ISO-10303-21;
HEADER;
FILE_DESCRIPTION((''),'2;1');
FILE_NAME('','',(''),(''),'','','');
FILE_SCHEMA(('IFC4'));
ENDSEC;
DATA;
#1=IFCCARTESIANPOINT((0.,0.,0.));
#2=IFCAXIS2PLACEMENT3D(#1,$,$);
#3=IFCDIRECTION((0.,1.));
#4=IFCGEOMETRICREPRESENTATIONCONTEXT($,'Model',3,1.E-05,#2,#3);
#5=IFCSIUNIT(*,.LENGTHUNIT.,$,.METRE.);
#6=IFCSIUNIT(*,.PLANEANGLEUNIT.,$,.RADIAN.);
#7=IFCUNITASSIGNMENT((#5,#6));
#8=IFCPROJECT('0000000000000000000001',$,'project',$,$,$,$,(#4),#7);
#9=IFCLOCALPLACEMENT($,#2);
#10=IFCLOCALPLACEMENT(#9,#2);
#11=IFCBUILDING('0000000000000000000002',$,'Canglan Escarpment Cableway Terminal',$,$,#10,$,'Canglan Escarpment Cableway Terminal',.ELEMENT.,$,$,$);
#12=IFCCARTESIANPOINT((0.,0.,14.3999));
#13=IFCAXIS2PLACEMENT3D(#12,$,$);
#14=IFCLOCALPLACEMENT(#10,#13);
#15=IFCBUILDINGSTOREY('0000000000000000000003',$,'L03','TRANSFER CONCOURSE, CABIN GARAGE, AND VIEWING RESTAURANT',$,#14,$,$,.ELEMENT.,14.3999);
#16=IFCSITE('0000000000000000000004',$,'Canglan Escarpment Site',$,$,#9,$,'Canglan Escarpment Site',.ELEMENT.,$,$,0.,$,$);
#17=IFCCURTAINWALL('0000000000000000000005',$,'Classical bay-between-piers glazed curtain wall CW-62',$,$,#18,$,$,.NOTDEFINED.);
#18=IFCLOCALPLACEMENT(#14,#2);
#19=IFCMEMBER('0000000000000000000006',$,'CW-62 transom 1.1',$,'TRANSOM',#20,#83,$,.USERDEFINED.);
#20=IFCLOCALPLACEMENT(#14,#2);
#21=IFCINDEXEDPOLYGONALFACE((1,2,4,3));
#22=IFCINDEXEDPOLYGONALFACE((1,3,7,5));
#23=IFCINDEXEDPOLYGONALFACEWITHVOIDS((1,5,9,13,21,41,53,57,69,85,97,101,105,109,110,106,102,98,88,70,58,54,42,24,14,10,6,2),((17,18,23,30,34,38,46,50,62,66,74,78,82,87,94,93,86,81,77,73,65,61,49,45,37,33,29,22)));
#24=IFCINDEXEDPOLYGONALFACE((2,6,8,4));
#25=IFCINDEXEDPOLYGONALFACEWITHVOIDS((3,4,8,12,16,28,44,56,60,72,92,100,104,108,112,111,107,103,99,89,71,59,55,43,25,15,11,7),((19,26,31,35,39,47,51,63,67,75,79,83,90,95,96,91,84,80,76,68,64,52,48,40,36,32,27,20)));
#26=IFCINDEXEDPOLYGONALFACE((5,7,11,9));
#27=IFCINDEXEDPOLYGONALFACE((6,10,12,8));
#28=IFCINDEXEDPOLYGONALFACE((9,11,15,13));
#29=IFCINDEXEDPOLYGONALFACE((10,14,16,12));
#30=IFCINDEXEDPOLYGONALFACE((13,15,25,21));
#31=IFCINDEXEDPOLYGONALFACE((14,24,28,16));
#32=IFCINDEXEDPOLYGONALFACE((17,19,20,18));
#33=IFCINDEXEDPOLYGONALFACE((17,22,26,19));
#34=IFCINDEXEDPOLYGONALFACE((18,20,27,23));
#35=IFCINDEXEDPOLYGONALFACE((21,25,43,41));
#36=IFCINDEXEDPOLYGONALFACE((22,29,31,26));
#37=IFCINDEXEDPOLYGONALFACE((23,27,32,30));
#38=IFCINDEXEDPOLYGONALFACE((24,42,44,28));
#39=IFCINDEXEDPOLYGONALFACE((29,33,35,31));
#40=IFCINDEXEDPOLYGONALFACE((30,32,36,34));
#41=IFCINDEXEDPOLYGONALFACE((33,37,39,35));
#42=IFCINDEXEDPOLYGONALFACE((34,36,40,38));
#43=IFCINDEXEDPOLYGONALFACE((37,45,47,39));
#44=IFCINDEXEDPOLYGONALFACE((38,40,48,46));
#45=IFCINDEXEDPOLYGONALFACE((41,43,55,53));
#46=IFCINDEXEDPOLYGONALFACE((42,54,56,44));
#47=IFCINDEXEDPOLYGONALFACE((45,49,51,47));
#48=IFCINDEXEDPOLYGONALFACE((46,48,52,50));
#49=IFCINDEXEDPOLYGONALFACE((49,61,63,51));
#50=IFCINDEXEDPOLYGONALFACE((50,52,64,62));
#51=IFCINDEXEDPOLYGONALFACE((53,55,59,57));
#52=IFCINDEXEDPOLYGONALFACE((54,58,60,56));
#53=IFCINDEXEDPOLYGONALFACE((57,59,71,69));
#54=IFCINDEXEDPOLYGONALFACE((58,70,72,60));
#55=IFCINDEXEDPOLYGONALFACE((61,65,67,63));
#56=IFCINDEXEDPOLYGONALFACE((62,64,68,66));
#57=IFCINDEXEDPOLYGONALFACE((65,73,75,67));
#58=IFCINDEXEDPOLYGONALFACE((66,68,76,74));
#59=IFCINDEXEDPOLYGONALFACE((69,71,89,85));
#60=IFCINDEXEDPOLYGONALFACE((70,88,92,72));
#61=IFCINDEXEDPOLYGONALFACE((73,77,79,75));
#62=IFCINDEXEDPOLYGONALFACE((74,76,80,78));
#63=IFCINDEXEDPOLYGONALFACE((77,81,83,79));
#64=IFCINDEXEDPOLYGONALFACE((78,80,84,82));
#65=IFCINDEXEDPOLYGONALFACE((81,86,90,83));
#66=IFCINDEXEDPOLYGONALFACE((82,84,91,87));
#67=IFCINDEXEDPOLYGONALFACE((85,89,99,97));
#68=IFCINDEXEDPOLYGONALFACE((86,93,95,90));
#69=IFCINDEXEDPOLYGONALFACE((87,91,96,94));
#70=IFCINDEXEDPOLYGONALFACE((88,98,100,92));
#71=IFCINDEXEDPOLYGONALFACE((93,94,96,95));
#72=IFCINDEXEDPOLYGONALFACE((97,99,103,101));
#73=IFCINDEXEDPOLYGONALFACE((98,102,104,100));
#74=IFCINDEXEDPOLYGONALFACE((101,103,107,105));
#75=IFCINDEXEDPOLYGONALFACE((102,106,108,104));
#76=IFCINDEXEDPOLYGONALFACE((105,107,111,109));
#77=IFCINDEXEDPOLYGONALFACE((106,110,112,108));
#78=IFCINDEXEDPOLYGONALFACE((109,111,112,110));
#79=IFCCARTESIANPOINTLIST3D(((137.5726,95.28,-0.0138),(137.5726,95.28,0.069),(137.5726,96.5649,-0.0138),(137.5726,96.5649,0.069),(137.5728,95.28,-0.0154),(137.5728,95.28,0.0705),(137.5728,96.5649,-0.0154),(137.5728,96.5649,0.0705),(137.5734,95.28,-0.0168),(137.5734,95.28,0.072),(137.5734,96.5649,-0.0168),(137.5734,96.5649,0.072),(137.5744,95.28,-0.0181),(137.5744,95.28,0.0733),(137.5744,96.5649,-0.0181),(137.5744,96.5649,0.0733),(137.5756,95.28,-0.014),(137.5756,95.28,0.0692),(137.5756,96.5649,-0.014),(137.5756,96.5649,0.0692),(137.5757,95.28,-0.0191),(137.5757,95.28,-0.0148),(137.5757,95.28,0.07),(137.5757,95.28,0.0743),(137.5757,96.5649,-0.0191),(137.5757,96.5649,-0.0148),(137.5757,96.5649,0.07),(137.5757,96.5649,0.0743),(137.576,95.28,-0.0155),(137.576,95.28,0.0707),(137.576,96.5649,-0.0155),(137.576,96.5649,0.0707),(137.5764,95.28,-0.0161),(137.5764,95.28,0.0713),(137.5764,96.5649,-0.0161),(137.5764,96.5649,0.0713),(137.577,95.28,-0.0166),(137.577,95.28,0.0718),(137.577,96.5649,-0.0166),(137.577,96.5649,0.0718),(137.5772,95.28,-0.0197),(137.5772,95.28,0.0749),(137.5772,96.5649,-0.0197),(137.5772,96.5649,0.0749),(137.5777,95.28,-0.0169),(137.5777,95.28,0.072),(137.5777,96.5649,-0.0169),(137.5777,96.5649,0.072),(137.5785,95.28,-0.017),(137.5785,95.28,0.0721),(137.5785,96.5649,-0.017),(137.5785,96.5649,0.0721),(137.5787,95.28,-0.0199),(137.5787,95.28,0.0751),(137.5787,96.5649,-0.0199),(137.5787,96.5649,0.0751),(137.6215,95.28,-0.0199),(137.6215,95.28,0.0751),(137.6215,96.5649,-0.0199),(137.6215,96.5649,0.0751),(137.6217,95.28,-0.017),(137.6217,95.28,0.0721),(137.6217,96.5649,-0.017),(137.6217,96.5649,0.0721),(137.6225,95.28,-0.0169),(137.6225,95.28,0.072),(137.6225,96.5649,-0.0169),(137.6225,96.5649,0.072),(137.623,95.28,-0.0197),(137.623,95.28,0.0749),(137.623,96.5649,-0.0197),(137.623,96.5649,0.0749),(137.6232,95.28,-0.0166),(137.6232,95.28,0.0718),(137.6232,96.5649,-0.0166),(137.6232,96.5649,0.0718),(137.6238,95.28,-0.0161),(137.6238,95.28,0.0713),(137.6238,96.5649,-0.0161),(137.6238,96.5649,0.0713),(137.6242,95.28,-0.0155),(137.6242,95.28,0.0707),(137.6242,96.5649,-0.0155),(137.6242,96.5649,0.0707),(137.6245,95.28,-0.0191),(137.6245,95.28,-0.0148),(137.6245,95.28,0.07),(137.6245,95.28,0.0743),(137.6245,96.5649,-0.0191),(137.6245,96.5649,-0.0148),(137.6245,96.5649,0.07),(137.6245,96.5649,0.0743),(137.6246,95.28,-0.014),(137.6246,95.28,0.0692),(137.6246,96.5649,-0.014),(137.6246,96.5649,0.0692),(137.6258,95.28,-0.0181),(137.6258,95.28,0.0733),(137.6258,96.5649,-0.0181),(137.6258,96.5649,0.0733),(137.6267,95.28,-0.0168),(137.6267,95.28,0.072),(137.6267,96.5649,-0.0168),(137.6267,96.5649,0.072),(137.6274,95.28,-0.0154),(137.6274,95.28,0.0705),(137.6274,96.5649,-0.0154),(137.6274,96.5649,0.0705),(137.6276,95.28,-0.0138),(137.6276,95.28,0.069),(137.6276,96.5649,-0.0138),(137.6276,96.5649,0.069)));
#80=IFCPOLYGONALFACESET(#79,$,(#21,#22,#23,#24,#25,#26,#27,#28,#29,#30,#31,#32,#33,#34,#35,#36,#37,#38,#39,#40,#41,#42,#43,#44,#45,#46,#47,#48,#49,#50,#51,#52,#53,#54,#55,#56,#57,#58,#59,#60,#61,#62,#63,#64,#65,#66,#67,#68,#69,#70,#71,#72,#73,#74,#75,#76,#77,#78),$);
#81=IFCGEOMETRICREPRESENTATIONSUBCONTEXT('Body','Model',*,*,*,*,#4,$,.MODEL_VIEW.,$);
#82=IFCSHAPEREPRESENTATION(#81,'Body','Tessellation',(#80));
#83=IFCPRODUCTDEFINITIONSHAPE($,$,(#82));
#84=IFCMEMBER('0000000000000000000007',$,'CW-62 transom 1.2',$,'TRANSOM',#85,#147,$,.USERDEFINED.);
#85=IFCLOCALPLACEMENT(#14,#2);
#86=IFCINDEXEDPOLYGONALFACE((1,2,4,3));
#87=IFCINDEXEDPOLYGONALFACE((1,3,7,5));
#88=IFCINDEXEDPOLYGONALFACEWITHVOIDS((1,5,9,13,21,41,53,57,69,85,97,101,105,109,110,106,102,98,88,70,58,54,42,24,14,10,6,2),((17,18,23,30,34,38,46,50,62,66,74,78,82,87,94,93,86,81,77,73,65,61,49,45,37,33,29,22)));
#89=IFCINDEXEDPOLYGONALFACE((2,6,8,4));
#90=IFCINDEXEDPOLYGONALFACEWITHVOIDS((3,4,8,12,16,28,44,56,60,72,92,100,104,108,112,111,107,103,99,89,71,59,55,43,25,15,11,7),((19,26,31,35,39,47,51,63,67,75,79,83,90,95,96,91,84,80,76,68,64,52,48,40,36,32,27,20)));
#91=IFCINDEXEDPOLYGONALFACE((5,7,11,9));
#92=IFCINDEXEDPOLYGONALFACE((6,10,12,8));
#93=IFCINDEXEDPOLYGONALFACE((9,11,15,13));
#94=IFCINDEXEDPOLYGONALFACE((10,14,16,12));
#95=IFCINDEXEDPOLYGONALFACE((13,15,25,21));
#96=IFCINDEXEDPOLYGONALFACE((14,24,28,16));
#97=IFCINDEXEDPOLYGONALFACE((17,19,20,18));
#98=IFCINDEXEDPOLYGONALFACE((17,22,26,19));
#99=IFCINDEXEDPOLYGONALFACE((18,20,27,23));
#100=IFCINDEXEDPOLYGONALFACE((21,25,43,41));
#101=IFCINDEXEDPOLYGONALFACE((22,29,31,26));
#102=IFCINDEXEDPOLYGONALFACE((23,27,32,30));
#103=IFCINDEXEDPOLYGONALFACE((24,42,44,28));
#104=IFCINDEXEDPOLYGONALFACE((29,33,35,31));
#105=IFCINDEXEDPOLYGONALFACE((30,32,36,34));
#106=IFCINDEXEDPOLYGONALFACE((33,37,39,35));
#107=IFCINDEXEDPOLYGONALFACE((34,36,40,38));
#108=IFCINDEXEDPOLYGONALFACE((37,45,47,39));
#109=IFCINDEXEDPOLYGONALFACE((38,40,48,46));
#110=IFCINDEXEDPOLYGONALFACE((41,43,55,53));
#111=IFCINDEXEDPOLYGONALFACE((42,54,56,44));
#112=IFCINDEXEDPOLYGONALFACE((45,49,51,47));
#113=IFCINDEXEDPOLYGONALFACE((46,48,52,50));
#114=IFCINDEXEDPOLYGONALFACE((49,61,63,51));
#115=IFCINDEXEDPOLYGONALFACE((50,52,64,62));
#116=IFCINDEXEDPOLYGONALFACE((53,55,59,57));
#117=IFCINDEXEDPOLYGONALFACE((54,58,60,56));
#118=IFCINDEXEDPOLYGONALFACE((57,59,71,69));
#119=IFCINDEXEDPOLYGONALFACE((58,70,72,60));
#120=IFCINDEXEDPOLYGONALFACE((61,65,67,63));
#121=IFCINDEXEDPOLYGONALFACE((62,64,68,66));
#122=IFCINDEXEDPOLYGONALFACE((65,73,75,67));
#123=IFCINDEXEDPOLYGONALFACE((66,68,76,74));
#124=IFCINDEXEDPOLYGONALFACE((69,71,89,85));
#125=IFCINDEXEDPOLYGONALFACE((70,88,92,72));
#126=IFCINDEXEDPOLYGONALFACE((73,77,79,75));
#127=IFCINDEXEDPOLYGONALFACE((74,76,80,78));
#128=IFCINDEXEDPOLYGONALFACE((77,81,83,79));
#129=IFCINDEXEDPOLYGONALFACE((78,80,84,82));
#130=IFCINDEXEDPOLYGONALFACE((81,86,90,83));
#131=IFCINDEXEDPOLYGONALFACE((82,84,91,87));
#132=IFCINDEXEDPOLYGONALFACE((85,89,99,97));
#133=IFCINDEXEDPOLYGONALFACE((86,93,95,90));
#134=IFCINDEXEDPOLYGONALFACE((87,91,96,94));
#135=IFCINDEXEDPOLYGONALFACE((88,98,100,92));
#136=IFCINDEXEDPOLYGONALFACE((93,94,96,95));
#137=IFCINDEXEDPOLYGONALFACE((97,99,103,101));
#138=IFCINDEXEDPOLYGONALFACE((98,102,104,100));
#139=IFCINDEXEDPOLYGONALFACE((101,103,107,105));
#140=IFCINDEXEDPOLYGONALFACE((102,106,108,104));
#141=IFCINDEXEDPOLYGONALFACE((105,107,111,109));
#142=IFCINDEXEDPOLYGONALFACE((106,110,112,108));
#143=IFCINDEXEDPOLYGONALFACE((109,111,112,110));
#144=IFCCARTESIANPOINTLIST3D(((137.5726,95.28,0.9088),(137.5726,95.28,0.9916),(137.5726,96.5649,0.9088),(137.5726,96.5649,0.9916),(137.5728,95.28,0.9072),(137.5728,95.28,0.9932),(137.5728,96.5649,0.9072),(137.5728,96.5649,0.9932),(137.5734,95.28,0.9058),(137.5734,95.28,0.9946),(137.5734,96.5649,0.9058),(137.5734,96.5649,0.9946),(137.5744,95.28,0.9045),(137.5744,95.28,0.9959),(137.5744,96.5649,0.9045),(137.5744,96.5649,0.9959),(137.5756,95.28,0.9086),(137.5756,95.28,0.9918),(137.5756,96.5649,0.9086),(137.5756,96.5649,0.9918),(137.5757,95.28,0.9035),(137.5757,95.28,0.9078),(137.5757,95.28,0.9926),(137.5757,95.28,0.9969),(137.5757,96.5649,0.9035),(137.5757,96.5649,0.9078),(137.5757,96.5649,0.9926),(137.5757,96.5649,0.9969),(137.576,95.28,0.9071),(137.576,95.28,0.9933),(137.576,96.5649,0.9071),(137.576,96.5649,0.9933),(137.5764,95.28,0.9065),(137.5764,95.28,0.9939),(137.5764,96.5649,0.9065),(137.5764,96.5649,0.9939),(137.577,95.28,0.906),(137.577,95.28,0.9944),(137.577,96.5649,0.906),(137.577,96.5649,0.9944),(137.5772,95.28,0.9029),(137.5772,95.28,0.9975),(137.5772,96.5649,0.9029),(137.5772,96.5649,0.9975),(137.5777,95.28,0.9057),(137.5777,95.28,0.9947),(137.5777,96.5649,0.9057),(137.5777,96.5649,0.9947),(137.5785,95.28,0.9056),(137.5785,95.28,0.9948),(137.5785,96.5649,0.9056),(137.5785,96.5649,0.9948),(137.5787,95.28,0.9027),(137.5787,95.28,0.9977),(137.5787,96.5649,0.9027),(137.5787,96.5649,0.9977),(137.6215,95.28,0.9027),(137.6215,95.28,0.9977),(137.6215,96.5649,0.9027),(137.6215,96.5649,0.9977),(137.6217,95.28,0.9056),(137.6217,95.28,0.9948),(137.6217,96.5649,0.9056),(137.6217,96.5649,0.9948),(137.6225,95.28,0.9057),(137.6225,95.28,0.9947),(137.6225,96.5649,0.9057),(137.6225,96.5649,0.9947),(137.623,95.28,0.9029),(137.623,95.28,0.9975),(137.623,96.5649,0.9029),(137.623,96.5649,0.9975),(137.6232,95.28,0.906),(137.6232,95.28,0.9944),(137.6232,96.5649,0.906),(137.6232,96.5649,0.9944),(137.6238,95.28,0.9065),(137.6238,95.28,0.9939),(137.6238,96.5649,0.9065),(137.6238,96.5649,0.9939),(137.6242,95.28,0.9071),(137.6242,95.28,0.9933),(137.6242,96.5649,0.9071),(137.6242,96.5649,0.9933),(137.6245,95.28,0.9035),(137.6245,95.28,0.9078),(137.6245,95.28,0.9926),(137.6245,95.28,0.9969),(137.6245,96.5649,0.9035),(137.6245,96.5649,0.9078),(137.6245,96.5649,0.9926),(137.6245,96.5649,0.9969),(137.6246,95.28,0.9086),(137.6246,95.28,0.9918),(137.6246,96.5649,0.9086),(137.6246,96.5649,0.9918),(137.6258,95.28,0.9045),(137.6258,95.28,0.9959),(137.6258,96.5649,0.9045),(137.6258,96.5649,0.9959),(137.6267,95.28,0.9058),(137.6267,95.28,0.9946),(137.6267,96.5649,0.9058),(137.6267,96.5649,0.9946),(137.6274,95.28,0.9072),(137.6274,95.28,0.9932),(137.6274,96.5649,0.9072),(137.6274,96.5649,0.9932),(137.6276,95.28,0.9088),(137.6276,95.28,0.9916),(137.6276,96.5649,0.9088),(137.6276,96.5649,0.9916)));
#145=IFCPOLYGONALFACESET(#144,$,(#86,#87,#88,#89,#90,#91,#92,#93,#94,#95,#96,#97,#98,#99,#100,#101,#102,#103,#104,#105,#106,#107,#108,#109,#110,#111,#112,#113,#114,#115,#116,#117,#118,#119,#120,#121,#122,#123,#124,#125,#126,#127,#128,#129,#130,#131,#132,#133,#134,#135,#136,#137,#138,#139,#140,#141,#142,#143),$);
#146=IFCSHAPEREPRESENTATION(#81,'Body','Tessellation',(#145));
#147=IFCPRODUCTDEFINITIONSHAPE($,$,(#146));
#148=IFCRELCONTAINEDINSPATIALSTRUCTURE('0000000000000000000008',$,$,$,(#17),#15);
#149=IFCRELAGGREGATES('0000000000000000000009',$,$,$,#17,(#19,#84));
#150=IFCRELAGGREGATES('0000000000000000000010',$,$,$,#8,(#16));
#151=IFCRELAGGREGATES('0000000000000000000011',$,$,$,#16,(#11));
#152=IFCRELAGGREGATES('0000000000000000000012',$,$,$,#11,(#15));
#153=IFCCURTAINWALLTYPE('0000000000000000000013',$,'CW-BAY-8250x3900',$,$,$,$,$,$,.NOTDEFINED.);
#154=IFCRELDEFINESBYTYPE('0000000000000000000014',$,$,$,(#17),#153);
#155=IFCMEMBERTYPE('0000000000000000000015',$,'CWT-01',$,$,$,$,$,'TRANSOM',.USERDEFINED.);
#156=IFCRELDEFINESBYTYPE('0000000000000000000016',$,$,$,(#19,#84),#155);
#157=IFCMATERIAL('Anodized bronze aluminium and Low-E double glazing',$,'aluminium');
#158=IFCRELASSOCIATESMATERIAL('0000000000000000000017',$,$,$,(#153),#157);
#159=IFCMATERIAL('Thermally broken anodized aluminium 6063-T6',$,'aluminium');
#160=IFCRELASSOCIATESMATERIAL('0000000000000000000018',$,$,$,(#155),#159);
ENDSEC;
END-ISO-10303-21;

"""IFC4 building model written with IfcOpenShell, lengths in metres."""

from ifc_helpers import new_model, si_unit, direction, frame, origin, origin_2d, place, context, subcontext, project, spatial, hollow_rectangle, extrude, material, material_profile, profile_set, type_object, element, aggregate, save


model = new_model("IFC4")

# Units and contexts
model_context = context("Model", 3, precision=1e-05, world=origin(), true_north=direction((0.0, 1.0)))
body_context = subcontext(model_context, "Body", "Model", "MODEL_VIEW")
ifc_project = project(units=[si_unit("LENGTHUNIT", "METRE"), si_unit("PLANEANGLEUNIT", "RADIAN")], contexts=[model_context])

# Site, building, storey
site_placement = place(None, origin())
site = spatial("IfcSite", under=ifc_project, at=site_placement, Name="Canglan Escarpment Site", LongName="Canglan Escarpment Site", CompositionType="ELEMENT", RefElevation=0.0)
building_placement = place(site_placement, origin())
building = spatial("IfcBuilding", under=site, at=building_placement, Name="Canglan Escarpment Cableway Terminal", LongName="Canglan Escarpment Cableway Terminal", CompositionType="ELEMENT")
storey_placement = place(building_placement, frame((0.0, 0.0, 14.3999)))
storey = spatial("IfcBuildingStorey", under=building, at=storey_placement, Name="L03", Description="TRANSFER CONCOURSE, CABIN GARAGE, AND VIEWING RESTAURANT", CompositionType="ELEMENT", Elevation=14.3999)

# Curtain wall
ifc_material_1 = material(Name="Anodized bronze aluminium and Low-E double glazing", Category="aluminium")
curtain_wall_type = type_object("IfcCurtainWallType", Name="CW-BAY-8250x3900", PredefinedType="NOTDEFINED", material=ifc_material_1)
curtain_wall_1_placement = place(storey_placement, origin())
curtain_wall_1 = element("IfcCurtainWall", 1, at=curtain_wall_1_placement, inside=storey, type_object=curtain_wall_type, Name="Classical bay-between-piers glazed curtain wall CW-62", PredefinedType="NOTDEFINED")
ifc_material_2 = material(Name="Thermally broken anodized aluminium 6063-T6", Category="aluminium")

# Members
ifc_material_profile_1 = material_profile(ifc_material_2, hollow_rectangle(XDim=0.0549, YDim=0.095, WallThickness=0.0029, InnerFilletRadius=0.0029, OuterFilletRadius=0.0061, at=origin_2d()), Name="ALU-TRAN 55x95x3")
ifc_profile_set_1 = profile_set([ifc_material_profile_1], Name="Thermally broken anodized aluminium 6063-T6")
member_type_1 = type_object("IfcMemberType", Name="CWT-01", ElementType="TRANSOM", PredefinedType="USERDEFINED", material=ifc_profile_set_1)
member_1_placement = place(storey_placement, frame((137.6001, 96.5649, 0.0276), z_axis=(0.0, -1.0, 0.0), x_axis=(1.0, 0.0, 0.0)))
member_1 = element("IfcMember", 2, at=member_1_placement, type_object=member_type_1, Name="CW-62 transom 1.1", ObjectType="TRANSOM", PredefinedType="USERDEFINED", context=body_context, shape_type="SweptSolid", body=[
    extrude(hollow_rectangle(XDim=0.0549, YDim=0.095, WallThickness=0.0029, InnerFilletRadius=0.0029, OuterFilletRadius=0.0061, at=origin_2d()), origin(), (0.0, 0.0, 1.0), 1.2849),
])
member_2_placement = place(storey_placement, frame((137.6001, 96.5649, 0.9502), z_axis=(0.0, -1.0, 0.0), x_axis=(1.0, 0.0, 0.0)))
member_2 = element("IfcMember", 3, at=member_2_placement, type_object=member_type_1, Name="CW-62 transom 1.2", ObjectType="TRANSOM", PredefinedType="USERDEFINED", context=body_context, shape_type="SweptSolid", body=[
    extrude(hollow_rectangle(XDim=0.0549, YDim=0.095, WallThickness=0.0029, InnerFilletRadius=0.0029, OuterFilletRadius=0.0061, at=origin_2d()), origin(), (0.0, 0.0, 1.0), 1.2849),
])

aggregate(curtain_wall_1, [member_1, member_2])

save(model, "model.ifc")
